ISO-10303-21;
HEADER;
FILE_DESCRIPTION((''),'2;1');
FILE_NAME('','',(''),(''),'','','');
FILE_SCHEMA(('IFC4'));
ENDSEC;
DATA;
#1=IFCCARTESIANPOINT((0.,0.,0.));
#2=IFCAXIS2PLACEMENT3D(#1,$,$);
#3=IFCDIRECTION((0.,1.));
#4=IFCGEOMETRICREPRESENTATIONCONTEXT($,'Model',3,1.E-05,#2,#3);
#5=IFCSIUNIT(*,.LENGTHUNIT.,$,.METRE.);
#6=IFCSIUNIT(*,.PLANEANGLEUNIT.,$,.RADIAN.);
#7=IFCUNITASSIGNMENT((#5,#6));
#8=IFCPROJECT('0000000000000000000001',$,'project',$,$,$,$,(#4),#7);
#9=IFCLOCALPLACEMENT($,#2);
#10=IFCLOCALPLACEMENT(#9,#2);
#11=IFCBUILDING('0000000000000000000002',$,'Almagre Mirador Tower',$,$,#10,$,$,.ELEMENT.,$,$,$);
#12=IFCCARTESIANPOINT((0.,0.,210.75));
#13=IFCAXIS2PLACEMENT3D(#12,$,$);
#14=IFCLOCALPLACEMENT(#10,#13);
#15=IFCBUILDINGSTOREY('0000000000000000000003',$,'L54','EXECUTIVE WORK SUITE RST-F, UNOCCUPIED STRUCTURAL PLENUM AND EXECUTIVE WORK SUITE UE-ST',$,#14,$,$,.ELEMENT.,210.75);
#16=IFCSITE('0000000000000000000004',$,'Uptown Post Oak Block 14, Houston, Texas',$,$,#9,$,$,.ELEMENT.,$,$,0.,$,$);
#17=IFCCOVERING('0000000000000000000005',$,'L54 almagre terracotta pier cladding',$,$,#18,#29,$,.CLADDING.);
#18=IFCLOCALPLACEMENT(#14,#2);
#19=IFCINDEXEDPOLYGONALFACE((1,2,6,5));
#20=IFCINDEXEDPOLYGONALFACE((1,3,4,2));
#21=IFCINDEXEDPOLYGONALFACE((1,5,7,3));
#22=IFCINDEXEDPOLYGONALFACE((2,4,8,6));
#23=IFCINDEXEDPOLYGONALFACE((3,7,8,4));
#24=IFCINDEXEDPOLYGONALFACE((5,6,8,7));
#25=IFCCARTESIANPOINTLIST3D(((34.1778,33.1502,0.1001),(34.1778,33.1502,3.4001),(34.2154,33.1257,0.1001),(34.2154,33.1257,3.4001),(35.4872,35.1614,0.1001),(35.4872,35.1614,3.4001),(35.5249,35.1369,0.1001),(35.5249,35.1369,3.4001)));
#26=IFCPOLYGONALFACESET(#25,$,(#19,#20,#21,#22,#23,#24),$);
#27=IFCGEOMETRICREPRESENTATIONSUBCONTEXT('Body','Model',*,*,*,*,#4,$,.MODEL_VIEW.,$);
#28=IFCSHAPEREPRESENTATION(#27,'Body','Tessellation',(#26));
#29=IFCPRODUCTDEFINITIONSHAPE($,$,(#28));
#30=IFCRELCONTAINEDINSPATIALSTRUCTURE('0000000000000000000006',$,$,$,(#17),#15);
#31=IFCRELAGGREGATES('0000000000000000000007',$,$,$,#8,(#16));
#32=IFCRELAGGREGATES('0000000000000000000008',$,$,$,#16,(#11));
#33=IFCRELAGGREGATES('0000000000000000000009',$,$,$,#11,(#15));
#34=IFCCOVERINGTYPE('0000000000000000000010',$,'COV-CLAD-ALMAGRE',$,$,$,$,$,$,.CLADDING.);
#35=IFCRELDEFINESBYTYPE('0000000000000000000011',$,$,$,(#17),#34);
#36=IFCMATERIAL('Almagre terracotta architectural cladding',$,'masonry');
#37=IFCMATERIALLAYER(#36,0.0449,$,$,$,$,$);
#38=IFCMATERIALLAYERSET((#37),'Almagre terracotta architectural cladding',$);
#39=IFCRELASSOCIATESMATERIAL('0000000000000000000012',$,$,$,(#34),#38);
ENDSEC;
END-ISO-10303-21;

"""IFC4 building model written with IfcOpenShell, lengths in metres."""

from ifc_helpers import new_model, si_unit, direction, frame, origin, origin_2d, place, context, subcontext, project, spatial, rectangle, extrude, material, layer, layer_set, type_object, element, save


model = new_model("IFC4")

# Units and contexts
model_context = context("Model", 3, precision=1e-05, world=origin(), true_north=direction((0.0, 1.0)))
body_context = subcontext(model_context, "Body", "Model", "MODEL_VIEW")
ifc_project = project(units=[si_unit("LENGTHUNIT", "METRE"), si_unit("PLANEANGLEUNIT", "RADIAN")], contexts=[model_context])

# Site, building, storey
site_placement = place(None, origin())
site = spatial("IfcSite", under=ifc_project, at=site_placement, Name="Uptown Post Oak Block 14, Houston, Texas", CompositionType="ELEMENT", RefElevation=0.0)
building_placement = place(site_placement, origin())
building = spatial("IfcBuilding", under=site, at=building_placement, Name="Almagre Mirador Tower", CompositionType="ELEMENT")
storey_placement = place(building_placement, frame((0.0, 0.0, 210.75)))
storey = spatial("IfcBuildingStorey", under=building, at=storey_placement, Name="L54", Description="EXECUTIVE WORK SUITE RST-F, UNOCCUPIED STRUCTURAL PLENUM AND EXECUTIVE WORK SUITE UE-ST", CompositionType="ELEMENT", Elevation=210.75)

# Covering
ifc_material_1 = material(Name="Almagre terracotta architectural cladding", Category="masonry")
ifc_layer_1 = layer(ifc_material_1, 0.0449)
ifc_layer_set_1 = layer_set([ifc_layer_1], Name="Almagre terracotta architectural cladding")
covering_type = type_object("IfcCoveringType", Name="COV-CLAD-ALMAGRE", PredefinedType="CLADDING", material=ifc_layer_set_1)
for number, where, z_axis, x_axis, name in (
    (1, (34.8513, 34.1436, 0.1001), (0.0, 0.0, 1.0), (0.545619, 0.838033, 0.0), "L54 almagre terracotta pier cladding"),
):
    element("IfcCovering", number, at=place(storey_placement, frame(where, z_axis=z_axis, x_axis=x_axis)), inside=storey, type_object=covering_type, Name=name, PredefinedType="CLADDING", context=body_context, shape_type="SweptSolid", body=[
        extrude(rectangle(XDim=2.3999, YDim=0.0449, at=origin_2d()), origin(), (0.0, 0.0, 1.0), 3.3),
    ])

save(model, "model.ifc")
